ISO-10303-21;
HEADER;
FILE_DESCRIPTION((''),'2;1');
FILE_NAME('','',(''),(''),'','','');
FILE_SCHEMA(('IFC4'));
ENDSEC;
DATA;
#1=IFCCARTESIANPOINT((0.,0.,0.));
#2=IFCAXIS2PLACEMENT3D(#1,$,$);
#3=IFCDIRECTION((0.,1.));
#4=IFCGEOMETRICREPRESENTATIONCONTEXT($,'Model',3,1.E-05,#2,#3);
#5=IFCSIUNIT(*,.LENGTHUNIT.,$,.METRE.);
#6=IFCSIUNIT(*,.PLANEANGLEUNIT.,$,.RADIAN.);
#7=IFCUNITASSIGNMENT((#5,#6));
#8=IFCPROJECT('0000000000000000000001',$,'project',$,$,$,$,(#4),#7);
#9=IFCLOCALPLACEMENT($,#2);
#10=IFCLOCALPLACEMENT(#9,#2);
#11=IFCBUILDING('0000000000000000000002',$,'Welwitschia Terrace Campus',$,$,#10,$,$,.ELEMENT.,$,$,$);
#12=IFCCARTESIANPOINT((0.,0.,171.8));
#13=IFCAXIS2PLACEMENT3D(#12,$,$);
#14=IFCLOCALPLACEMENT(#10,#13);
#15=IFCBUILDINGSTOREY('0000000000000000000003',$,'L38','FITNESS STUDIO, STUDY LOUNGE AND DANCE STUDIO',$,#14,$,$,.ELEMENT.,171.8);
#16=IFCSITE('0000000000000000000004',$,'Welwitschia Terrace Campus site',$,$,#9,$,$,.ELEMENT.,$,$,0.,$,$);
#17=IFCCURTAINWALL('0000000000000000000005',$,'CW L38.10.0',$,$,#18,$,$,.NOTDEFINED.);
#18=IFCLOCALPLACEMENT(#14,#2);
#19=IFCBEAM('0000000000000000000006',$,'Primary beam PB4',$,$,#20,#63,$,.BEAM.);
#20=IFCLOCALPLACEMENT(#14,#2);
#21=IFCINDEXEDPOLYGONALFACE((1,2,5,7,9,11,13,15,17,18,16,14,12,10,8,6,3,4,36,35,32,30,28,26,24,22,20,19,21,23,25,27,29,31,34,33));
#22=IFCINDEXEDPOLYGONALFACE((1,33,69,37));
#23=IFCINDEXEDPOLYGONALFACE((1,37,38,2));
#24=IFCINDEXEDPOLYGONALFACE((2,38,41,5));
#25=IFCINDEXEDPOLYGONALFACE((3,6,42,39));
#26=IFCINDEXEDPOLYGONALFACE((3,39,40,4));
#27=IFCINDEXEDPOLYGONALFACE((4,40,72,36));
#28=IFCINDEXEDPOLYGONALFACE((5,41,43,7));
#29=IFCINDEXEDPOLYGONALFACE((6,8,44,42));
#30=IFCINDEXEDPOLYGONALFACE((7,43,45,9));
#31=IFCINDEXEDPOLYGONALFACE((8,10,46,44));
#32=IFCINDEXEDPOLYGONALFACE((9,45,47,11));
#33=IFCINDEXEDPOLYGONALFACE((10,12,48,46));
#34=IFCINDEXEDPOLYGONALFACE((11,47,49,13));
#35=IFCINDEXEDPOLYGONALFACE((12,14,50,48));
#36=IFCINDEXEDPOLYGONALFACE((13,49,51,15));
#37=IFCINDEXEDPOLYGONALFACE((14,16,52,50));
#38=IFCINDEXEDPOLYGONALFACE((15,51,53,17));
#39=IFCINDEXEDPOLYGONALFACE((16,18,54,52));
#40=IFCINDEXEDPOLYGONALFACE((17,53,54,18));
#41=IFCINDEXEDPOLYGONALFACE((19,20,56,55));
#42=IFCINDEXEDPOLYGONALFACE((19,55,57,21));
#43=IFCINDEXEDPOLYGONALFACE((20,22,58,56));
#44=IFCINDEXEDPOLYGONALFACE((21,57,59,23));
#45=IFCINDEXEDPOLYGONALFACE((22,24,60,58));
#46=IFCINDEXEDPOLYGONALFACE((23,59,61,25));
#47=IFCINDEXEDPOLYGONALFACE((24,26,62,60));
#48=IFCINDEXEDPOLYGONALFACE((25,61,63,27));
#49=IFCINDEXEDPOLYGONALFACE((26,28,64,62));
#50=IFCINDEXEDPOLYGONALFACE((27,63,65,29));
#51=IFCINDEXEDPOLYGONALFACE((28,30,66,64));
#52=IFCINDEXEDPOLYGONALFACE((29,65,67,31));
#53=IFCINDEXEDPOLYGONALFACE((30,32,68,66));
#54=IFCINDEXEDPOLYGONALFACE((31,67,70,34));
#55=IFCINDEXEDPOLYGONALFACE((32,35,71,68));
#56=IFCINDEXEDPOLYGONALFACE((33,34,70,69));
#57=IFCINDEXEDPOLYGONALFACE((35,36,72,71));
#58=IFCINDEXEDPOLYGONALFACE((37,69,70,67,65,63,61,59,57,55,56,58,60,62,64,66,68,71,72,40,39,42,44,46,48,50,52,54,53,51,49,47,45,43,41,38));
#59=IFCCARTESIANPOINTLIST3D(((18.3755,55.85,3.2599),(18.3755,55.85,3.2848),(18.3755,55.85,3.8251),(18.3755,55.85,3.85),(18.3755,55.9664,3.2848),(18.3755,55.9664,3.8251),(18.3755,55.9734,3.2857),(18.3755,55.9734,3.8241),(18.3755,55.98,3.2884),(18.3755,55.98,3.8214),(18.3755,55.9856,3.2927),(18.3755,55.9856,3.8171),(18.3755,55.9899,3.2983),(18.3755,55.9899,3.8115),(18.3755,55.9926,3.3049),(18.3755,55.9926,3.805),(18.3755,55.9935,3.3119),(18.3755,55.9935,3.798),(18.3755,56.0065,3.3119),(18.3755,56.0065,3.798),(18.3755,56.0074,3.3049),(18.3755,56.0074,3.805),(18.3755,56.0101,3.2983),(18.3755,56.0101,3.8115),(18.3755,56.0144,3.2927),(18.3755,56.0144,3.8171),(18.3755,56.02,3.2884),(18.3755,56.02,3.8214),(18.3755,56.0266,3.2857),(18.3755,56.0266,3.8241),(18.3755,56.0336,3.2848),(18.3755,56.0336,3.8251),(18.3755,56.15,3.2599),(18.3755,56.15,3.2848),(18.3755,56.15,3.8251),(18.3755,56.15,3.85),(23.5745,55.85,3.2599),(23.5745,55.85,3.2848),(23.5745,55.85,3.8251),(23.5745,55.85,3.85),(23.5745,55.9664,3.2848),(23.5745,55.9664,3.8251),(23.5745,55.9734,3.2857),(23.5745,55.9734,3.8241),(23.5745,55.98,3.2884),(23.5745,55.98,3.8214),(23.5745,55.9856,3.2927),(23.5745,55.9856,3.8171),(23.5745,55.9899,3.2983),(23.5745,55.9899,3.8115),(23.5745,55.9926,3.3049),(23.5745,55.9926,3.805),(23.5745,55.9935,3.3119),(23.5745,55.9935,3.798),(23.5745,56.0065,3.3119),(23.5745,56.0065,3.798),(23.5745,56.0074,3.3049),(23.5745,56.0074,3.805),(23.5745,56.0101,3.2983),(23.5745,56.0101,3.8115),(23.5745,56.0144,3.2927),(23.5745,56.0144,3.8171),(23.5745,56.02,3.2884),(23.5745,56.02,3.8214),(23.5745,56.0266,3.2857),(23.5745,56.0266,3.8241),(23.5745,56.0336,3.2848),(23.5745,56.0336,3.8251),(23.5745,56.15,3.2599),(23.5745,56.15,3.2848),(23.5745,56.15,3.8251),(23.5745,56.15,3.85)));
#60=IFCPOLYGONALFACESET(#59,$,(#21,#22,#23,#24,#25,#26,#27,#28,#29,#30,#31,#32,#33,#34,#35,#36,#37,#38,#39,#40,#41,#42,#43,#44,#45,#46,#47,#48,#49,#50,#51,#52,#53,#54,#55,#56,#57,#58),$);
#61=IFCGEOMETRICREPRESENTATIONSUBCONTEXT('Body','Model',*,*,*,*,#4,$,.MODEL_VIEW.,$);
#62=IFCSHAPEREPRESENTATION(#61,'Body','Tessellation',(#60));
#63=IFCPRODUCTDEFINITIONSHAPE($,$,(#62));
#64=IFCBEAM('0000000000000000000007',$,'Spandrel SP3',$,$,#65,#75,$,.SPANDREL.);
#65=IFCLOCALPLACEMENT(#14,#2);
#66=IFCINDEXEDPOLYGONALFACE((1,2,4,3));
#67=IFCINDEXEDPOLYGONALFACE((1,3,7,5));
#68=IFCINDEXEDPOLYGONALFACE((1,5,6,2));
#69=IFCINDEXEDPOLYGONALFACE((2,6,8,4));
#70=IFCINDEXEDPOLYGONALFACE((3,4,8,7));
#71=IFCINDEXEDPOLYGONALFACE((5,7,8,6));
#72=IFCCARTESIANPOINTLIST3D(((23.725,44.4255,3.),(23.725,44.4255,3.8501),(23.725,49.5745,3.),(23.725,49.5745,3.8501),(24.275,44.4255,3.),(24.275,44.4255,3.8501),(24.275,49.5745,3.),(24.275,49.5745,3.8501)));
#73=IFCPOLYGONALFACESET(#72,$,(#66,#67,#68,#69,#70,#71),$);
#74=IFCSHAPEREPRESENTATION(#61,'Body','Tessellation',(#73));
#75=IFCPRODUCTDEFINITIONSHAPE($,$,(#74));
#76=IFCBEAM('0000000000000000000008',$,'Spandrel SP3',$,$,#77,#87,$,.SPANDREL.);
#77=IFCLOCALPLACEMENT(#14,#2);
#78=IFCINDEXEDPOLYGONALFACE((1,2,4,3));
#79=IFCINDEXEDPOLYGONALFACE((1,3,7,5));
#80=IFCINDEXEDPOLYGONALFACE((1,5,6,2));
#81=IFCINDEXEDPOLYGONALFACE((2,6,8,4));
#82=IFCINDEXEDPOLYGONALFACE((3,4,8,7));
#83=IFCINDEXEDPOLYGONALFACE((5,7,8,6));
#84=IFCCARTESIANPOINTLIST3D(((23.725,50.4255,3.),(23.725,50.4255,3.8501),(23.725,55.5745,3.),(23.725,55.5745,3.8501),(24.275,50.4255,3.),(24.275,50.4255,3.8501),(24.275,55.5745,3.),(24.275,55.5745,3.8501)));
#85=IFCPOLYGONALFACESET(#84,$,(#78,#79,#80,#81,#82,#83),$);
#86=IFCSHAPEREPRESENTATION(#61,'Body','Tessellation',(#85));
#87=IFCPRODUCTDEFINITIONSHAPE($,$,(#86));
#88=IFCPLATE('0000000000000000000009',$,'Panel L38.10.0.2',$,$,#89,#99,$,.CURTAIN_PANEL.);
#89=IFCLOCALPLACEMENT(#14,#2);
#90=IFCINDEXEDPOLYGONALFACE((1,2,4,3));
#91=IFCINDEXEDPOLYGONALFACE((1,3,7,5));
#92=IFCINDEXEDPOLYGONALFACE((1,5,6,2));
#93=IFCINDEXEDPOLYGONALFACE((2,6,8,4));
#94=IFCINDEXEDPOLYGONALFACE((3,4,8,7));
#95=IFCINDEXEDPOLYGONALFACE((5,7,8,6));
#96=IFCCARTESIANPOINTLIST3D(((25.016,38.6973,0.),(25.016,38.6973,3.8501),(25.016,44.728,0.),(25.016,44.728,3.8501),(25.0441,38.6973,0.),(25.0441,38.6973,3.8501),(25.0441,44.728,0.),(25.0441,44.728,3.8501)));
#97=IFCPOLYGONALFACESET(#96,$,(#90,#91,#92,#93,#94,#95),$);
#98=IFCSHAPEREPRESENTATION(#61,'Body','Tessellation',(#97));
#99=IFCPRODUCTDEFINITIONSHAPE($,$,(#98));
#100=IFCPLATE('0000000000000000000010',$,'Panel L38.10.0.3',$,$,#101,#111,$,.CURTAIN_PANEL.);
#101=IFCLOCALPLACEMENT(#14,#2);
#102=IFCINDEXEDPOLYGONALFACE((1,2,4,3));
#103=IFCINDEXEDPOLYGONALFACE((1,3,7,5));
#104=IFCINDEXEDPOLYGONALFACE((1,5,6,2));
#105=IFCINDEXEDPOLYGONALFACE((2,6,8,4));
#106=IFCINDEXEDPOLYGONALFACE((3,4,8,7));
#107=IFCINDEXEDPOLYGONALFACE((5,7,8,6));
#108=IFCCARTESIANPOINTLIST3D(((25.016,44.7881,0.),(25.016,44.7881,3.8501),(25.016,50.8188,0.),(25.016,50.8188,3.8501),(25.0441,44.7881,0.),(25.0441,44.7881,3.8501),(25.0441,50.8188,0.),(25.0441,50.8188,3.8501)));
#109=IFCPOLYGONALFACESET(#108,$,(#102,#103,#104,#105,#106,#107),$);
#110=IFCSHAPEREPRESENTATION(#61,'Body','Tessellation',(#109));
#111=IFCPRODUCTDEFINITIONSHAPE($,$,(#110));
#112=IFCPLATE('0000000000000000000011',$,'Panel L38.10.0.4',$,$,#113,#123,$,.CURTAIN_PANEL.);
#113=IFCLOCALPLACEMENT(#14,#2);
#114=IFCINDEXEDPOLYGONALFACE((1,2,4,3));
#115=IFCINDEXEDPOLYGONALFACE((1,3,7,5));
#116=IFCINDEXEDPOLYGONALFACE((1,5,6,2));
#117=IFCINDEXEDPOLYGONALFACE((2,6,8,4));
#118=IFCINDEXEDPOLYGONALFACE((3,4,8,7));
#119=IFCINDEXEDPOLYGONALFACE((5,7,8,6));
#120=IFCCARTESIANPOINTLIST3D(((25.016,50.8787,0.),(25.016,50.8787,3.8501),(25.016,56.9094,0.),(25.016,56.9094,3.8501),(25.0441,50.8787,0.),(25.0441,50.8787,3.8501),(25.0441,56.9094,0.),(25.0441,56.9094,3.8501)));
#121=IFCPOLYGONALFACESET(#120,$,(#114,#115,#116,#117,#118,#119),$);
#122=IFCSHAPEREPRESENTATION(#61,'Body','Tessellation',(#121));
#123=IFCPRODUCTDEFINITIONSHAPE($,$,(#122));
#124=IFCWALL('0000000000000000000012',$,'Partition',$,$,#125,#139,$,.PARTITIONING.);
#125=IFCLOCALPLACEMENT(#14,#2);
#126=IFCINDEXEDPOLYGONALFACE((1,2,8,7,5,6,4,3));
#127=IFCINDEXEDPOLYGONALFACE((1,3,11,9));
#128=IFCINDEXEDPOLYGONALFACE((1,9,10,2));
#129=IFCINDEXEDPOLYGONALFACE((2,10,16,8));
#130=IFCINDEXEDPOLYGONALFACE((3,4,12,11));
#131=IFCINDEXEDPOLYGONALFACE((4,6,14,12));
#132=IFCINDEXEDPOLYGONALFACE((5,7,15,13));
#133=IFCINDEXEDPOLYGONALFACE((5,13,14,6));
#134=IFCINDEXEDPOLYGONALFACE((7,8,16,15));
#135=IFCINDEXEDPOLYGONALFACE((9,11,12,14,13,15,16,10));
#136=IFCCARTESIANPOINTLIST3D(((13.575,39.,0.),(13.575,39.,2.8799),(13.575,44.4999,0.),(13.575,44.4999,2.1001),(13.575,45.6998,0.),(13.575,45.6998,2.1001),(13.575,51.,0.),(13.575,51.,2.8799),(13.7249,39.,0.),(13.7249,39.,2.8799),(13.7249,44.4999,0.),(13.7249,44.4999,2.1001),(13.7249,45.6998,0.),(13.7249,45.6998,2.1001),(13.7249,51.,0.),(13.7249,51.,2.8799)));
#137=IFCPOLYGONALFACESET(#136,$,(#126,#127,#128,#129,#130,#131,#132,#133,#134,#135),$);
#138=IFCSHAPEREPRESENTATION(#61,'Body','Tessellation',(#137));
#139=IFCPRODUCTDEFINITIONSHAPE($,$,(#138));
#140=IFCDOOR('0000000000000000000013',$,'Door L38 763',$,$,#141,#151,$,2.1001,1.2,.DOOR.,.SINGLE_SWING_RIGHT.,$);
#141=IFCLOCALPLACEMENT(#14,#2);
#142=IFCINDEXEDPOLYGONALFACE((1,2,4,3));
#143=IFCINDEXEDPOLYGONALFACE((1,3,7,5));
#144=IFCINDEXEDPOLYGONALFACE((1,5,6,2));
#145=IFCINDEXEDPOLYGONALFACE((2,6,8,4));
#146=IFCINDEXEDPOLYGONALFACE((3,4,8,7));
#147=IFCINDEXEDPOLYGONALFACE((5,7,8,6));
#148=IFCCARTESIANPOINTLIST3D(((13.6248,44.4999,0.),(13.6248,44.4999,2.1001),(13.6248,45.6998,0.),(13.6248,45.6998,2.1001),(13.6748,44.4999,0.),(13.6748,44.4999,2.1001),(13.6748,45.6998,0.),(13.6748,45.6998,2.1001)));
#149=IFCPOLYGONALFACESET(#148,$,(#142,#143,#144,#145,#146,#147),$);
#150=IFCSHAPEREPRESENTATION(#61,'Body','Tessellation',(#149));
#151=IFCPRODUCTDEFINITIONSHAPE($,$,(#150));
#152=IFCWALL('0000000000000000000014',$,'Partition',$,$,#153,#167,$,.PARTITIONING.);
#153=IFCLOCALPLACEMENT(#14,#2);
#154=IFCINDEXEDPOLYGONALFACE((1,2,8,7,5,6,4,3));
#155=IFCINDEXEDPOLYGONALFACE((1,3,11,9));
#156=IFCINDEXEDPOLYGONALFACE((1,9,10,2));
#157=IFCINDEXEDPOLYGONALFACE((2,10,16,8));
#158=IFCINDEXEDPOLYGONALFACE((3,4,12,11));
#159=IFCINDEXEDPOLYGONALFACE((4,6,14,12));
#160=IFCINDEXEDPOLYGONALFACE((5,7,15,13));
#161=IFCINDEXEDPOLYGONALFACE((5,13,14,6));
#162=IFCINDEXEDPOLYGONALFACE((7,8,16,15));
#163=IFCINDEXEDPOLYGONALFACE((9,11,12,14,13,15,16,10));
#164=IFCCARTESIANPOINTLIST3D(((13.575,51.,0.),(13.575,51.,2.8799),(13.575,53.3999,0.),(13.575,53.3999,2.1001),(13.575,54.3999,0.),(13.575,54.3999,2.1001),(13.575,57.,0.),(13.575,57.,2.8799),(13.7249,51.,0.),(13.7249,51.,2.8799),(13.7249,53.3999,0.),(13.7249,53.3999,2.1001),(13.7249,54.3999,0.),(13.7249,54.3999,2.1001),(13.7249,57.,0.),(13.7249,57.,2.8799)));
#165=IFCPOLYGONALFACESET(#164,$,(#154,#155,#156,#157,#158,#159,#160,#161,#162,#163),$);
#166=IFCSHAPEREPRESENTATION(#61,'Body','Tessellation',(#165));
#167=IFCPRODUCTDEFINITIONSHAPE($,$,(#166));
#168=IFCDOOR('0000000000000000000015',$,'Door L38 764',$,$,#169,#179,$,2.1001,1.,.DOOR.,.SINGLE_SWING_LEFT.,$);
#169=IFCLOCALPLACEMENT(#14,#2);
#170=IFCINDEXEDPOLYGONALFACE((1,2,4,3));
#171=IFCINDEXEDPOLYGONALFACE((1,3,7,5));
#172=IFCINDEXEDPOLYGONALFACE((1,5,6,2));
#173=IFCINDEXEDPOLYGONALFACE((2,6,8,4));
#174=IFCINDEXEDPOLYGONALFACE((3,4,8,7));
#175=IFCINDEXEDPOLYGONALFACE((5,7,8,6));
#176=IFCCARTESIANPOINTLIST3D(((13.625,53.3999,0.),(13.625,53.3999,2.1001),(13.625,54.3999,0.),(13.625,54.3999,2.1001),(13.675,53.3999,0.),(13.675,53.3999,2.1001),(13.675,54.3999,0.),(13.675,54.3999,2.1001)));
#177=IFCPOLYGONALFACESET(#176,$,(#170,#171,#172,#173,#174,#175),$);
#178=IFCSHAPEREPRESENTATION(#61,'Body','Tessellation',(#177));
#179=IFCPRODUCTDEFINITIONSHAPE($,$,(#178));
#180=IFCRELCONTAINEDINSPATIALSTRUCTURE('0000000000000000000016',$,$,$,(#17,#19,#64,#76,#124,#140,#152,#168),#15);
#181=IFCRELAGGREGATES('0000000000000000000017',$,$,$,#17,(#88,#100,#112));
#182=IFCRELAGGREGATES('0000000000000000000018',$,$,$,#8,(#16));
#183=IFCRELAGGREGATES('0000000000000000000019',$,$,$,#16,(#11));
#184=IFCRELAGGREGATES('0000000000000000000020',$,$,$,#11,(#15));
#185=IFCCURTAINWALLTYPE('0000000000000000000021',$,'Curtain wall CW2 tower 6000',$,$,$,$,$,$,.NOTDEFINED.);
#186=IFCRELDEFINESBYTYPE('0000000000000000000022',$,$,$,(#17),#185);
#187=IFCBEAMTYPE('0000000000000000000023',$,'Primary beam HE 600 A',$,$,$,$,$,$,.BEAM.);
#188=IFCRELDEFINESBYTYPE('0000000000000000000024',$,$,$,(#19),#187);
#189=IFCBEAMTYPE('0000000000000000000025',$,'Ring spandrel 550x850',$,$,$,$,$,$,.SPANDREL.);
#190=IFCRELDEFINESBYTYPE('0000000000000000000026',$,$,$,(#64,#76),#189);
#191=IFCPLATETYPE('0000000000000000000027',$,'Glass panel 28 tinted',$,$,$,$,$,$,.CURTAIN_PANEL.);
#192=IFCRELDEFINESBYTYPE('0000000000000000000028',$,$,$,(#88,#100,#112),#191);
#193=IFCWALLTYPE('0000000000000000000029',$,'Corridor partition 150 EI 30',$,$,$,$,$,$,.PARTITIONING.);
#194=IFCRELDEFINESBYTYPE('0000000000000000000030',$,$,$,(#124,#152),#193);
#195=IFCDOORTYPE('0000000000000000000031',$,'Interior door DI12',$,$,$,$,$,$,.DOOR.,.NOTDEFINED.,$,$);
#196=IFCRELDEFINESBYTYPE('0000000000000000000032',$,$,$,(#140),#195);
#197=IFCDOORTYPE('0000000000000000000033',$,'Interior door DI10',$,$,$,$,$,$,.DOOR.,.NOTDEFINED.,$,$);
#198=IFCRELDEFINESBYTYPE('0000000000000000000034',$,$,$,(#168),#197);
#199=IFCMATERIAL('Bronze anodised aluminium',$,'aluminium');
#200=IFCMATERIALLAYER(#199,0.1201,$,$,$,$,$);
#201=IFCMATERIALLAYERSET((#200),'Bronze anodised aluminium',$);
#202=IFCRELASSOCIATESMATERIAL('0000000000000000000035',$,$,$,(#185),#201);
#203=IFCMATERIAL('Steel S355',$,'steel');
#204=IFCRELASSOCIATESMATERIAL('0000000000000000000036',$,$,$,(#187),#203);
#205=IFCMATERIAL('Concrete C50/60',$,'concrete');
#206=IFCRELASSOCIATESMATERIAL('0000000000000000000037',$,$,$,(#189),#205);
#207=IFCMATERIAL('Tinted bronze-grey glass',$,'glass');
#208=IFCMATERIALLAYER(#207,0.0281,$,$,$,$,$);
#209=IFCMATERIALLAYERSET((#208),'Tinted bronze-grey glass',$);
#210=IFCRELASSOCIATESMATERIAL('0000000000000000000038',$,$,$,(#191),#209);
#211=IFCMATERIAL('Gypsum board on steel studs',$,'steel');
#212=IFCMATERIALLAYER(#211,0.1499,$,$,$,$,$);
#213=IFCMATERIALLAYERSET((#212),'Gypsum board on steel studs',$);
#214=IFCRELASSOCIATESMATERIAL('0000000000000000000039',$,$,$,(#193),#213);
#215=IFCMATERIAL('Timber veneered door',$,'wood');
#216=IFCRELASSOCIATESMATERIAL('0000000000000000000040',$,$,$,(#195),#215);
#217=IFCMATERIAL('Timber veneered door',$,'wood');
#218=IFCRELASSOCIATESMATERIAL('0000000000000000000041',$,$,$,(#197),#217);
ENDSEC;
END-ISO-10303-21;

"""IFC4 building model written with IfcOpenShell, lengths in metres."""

from ifc_helpers import new_model, si_unit, direction, frame, frame_2d, origin, origin_2d, place, context, subcontext, project, spatial, rectangle, i_section, extrude, material, layer, layer_set, material_profile, profile_set, type_object, element, fill, aggregate, save


model = new_model("IFC4")

# Units and contexts
model_context = context("Model", 3, precision=1e-05, world=origin(), true_north=direction((0.0, 1.0)))
body_context = subcontext(model_context, "Body", "Model", "MODEL_VIEW")
ifc_project = project(units=[si_unit("LENGTHUNIT", "METRE"), si_unit("PLANEANGLEUNIT", "RADIAN")], contexts=[model_context])

# Site, building, storey
site_placement = place(None, origin())
site = spatial("IfcSite", under=ifc_project, at=site_placement, Name="Welwitschia Terrace Campus site", CompositionType="ELEMENT", RefElevation=0.0)
building_placement = place(site_placement, origin())
building = spatial("IfcBuilding", under=site, at=building_placement, Name="Welwitschia Terrace Campus", CompositionType="ELEMENT")
storey_placement = place(building_placement, frame((0.0, 0.0, 171.8)))
storey = spatial("IfcBuildingStorey", under=building, at=storey_placement, Name="L38", Description="FITNESS STUDIO, STUDY LOUNGE AND DANCE STUDIO", CompositionType="ELEMENT", Elevation=171.8)

# Curtain wall
ifc_material_1 = material(Name="Bronze anodised aluminium", Category="aluminium")
ifc_layer_1 = layer(ifc_material_1, 0.1201)
ifc_layer_set_1 = layer_set([ifc_layer_1], Name="Bronze anodised aluminium")
curtain_wall_type = type_object("IfcCurtainWallType", Name="Curtain wall CW2 tower 6000", PredefinedType="NOTDEFINED", material=ifc_layer_set_1)
curtain_wall_placement = place(storey_placement, origin())
curtain_wall = element("IfcCurtainWall", 1, at=curtain_wall_placement, inside=storey, type_object=curtain_wall_type, Name="CW L38.10.0", PredefinedType="NOTDEFINED")

# Beams
ifc_material_2 = material(Name="Steel S355", Category="steel")
ifc_material_profile_1 = material_profile(ifc_material_2, i_section(OverallWidth=0.3, OverallDepth=0.5901, WebThickness=0.0129, FlangeThickness=0.0249, FilletRadius=0.0271, at=origin_2d()))
ifc_profile_set_1 = profile_set([ifc_material_profile_1], Name="Steel S355")
beam_type_1 = type_object("IfcBeamType", Name="Primary beam HE 600 A", PredefinedType="BEAM", material=ifc_profile_set_1)
for number, where, z_axis, x_axis, name in (
    (2, (23.5745, 56.0, 3.5549), (-1.0, 0.0, 0.0), (0.0, -1.0, 0.0), "Primary beam PB4"),
):
    element("IfcBeam", number, at=place(storey_placement, frame(where, z_axis=z_axis, x_axis=x_axis)), inside=storey, type_object=beam_type_1, Name=name, PredefinedType="BEAM", context=body_context, shape_type="SweptSolid", body=[
        extrude(i_section(OverallWidth=0.3, OverallDepth=0.5901, WebThickness=0.0129, FlangeThickness=0.0249, FilletRadius=0.0271, at=origin_2d()), origin(), (0.0, 0.0, 1.0), 5.199),
    ])
ifc_material_3 = material(Name="Concrete C50/60", Category="concrete")
ifc_material_profile_2 = material_profile(ifc_material_3, rectangle(XDim=0.55, YDim=0.8501, at=origin_2d()))
ifc_profile_set_2 = profile_set([ifc_material_profile_2], Name="Concrete C50/60")
beam_type_2 = type_object("IfcBeamType", Name="Ring spandrel 550x850", PredefinedType="SPANDREL", material=ifc_profile_set_2)
for number, where, z_axis, x_axis, name in (
    (3, (24.0, 44.4255, 3.425), (0.0, 1.0, 0.0), (-1.0, 0.0, 0.0), "Spandrel SP3"),
    (4, (24.0, 50.4255, 3.425), (0.0, 1.0, 0.0), (-1.0, 0.0, 0.0), "Spandrel SP3"),
):
    element("IfcBeam", number, at=place(storey_placement, frame(where, z_axis=z_axis, x_axis=x_axis)), inside=storey, type_object=beam_type_2, Name=name, PredefinedType="SPANDREL", context=body_context, shape_type="SweptSolid", body=[
        extrude(rectangle(XDim=0.55, YDim=0.8501, at=origin_2d()), origin(), (0.0, 0.0, 1.0), 5.1489),
    ])

# Plates
ifc_material_4 = material(Name="Tinted bronze-grey glass", Category="glass")
ifc_layer_2 = layer(ifc_material_4, 0.0281)
ifc_layer_set_2 = layer_set([ifc_layer_2], Name="Tinted bronze-grey glass")
plate_type = type_object("IfcPlateType", Name="Glass panel 28 tinted", PredefinedType="CURTAIN_PANEL", material=ifc_layer_set_2)
plate_1_placement = place(storey_placement, frame((25.03, 41.7126, 0.0), z_axis=(0.0, 0.0, 1.0), x_axis=(0.0, 1.0, 0.0)))
plate_1 = element("IfcPlate", 5, at=plate_1_placement, type_object=plate_type, Name="Panel L38.10.0.2", PredefinedType="CURTAIN_PANEL", context=body_context, shape_type="SweptSolid", body=[
    extrude(rectangle(XDim=6.0308, YDim=0.0281, at=origin_2d()), origin(), (0.0, 0.0, 1.0), 3.8501),
])
plate_2_placement = place(storey_placement, frame((25.03, 47.8035, 0.0), z_axis=(0.0, 0.0, 1.0), x_axis=(0.0, 1.0, 0.0)))
plate_2 = element("IfcPlate", 6, at=plate_2_placement, type_object=plate_type, Name="Panel L38.10.0.3", PredefinedType="CURTAIN_PANEL", context=body_context, shape_type="SweptSolid", body=[
    extrude(rectangle(XDim=6.0308, YDim=0.0281, at=origin_2d()), origin(), (0.0, 0.0, 1.0), 3.8501),
])
plate_3_placement = place(storey_placement, frame((25.03, 53.894, 0.0), z_axis=(0.0, 0.0, 1.0), x_axis=(0.0, 1.0, 0.0)))
plate_3 = element("IfcPlate", 7, at=plate_3_placement, type_object=plate_type, Name="Panel L38.10.0.4", PredefinedType="CURTAIN_PANEL", context=body_context, shape_type="SweptSolid", body=[
    extrude(rectangle(XDim=6.0308, YDim=0.0281, at=origin_2d()), origin(), (0.0, 0.0, 1.0), 3.8501),
])
aggregate(curtain_wall, [plate_1, plate_2, plate_3])

# Walls, openings, doors
ifc_material_5 = material(Name="Gypsum board on steel studs", Category="steel")
ifc_layer_3 = layer(ifc_material_5, 0.1499)
ifc_layer_set_3 = layer_set([ifc_layer_3], Name="Gypsum board on steel studs")
wall_type = type_object("IfcWallType", Name="Corridor partition 150 EI 30", PredefinedType="PARTITIONING", material=ifc_layer_set_3)
wall_1_placement = place(storey_placement, frame((13.6499, 51.0, 0.0), z_axis=(0.0, 0.0, 1.0), x_axis=(0.0, -1.0, 0.0)))
wall_1 = element("IfcWall", 8, at=wall_1_placement, inside=storey, type_object=wall_type, Name="Partition", PredefinedType="PARTITIONING", context=body_context, shape_type="SweptSolid", body=[
    extrude(rectangle(XDim=12.0, YDim=0.1499, at=frame_2d((6.0, 0.0))), origin(), (0.0, 0.0, 1.0), 2.8799),
])
opening_1_placement = place(wall_1_placement, frame((5.3, 0.0, 0.0)))
opening_1 = element("IfcOpeningElement", 9, at=opening_1_placement, cuts=wall_1, PredefinedType="OPENING", context=body_context, shape_type="SweptSolid", body=[
    extrude(rectangle(XDim=1.2, YDim=2.1001, at=frame_2d((0.6001, 1.05))), frame((0.0, 0.085, 0.0), z_axis=(0.0, -1.0, 0.0), x_axis=(1.0, 0.0, 0.0)), (0.0, 0.0, 1.0), 0.1699),
])
ifc_material_6 = material(Name="Timber veneered door", Category="wood")
door_type_1 = type_object("IfcDoorType", Name="Interior door DI12", OperationType="NOTDEFINED", PredefinedType="DOOR", material=ifc_material_6)
door_1_placement = place(opening_1_placement, origin())
door_1 = element("IfcDoor", 10, at=door_1_placement, inside=storey, type_object=door_type_1, Name="Door L38 763", OperationType="SINGLE_SWING_RIGHT", OverallHeight=2.1001, OverallWidth=1.2, PredefinedType="DOOR", context=body_context, shape_type="SweptSolid", body=[
    extrude(rectangle(XDim=1.2, YDim=2.1001, at=frame_2d((0.6001, 1.05))), frame((0.0, 0.0249, 0.0), z_axis=(0.0, -1.0, 0.0), x_axis=(1.0, 0.0, 0.0)), (0.0, 0.0, 1.0), 0.05),
])
fill(opening_1, door_1)
wall_2_placement = place(storey_placement, frame((13.6499, 51.0, 0.0), z_axis=(0.0, 0.0, 1.0), x_axis=(0.0, 1.0, 0.0)))
wall_2 = element("IfcWall", 11, at=wall_2_placement, inside=storey, type_object=wall_type, Name="Partition", PredefinedType="PARTITIONING", context=body_context, shape_type="SweptSolid", body=[
    extrude(rectangle(XDim=6.0, YDim=0.1499, at=frame_2d((3.0, 0.0))), origin(), (0.0, 0.0, 1.0), 2.8799),
])
opening_2_placement = place(wall_2_placement, frame((2.3999, 0.0, 0.0)))
opening_2 = element("IfcOpeningElement", 12, at=opening_2_placement, cuts=wall_2, PredefinedType="OPENING", context=body_context, shape_type="SweptSolid", body=[
    extrude(rectangle(XDim=1.0, YDim=2.1001, at=frame_2d((0.5, 1.05))), frame((0.0, 0.085, 0.0), z_axis=(0.0, -1.0, 0.0), x_axis=(1.0, 0.0, 0.0)), (0.0, 0.0, 1.0), 0.1699),
])
ifc_material_7 = material(Name="Timber veneered door", Category="wood")
door_type_2 = type_object("IfcDoorType", Name="Interior door DI10", OperationType="NOTDEFINED", PredefinedType="DOOR", material=ifc_material_7)
door_2_placement = place(opening_2_placement, origin())
door_2 = element("IfcDoor", 13, at=door_2_placement, inside=storey, type_object=door_type_2, Name="Door L38 764", OperationType="SINGLE_SWING_LEFT", OverallHeight=2.1001, OverallWidth=1.0, PredefinedType="DOOR", context=body_context, shape_type="SweptSolid", body=[
    extrude(rectangle(XDim=1.0, YDim=2.1001, at=frame_2d((0.5, 1.05))), frame((0.0, 0.0249, 0.0), z_axis=(0.0, -1.0, 0.0), x_axis=(1.0, 0.0, 0.0)), (0.0, 0.0, 1.0), 0.05),
])
fill(opening_2, door_2)

save(model, "model.ifc")
